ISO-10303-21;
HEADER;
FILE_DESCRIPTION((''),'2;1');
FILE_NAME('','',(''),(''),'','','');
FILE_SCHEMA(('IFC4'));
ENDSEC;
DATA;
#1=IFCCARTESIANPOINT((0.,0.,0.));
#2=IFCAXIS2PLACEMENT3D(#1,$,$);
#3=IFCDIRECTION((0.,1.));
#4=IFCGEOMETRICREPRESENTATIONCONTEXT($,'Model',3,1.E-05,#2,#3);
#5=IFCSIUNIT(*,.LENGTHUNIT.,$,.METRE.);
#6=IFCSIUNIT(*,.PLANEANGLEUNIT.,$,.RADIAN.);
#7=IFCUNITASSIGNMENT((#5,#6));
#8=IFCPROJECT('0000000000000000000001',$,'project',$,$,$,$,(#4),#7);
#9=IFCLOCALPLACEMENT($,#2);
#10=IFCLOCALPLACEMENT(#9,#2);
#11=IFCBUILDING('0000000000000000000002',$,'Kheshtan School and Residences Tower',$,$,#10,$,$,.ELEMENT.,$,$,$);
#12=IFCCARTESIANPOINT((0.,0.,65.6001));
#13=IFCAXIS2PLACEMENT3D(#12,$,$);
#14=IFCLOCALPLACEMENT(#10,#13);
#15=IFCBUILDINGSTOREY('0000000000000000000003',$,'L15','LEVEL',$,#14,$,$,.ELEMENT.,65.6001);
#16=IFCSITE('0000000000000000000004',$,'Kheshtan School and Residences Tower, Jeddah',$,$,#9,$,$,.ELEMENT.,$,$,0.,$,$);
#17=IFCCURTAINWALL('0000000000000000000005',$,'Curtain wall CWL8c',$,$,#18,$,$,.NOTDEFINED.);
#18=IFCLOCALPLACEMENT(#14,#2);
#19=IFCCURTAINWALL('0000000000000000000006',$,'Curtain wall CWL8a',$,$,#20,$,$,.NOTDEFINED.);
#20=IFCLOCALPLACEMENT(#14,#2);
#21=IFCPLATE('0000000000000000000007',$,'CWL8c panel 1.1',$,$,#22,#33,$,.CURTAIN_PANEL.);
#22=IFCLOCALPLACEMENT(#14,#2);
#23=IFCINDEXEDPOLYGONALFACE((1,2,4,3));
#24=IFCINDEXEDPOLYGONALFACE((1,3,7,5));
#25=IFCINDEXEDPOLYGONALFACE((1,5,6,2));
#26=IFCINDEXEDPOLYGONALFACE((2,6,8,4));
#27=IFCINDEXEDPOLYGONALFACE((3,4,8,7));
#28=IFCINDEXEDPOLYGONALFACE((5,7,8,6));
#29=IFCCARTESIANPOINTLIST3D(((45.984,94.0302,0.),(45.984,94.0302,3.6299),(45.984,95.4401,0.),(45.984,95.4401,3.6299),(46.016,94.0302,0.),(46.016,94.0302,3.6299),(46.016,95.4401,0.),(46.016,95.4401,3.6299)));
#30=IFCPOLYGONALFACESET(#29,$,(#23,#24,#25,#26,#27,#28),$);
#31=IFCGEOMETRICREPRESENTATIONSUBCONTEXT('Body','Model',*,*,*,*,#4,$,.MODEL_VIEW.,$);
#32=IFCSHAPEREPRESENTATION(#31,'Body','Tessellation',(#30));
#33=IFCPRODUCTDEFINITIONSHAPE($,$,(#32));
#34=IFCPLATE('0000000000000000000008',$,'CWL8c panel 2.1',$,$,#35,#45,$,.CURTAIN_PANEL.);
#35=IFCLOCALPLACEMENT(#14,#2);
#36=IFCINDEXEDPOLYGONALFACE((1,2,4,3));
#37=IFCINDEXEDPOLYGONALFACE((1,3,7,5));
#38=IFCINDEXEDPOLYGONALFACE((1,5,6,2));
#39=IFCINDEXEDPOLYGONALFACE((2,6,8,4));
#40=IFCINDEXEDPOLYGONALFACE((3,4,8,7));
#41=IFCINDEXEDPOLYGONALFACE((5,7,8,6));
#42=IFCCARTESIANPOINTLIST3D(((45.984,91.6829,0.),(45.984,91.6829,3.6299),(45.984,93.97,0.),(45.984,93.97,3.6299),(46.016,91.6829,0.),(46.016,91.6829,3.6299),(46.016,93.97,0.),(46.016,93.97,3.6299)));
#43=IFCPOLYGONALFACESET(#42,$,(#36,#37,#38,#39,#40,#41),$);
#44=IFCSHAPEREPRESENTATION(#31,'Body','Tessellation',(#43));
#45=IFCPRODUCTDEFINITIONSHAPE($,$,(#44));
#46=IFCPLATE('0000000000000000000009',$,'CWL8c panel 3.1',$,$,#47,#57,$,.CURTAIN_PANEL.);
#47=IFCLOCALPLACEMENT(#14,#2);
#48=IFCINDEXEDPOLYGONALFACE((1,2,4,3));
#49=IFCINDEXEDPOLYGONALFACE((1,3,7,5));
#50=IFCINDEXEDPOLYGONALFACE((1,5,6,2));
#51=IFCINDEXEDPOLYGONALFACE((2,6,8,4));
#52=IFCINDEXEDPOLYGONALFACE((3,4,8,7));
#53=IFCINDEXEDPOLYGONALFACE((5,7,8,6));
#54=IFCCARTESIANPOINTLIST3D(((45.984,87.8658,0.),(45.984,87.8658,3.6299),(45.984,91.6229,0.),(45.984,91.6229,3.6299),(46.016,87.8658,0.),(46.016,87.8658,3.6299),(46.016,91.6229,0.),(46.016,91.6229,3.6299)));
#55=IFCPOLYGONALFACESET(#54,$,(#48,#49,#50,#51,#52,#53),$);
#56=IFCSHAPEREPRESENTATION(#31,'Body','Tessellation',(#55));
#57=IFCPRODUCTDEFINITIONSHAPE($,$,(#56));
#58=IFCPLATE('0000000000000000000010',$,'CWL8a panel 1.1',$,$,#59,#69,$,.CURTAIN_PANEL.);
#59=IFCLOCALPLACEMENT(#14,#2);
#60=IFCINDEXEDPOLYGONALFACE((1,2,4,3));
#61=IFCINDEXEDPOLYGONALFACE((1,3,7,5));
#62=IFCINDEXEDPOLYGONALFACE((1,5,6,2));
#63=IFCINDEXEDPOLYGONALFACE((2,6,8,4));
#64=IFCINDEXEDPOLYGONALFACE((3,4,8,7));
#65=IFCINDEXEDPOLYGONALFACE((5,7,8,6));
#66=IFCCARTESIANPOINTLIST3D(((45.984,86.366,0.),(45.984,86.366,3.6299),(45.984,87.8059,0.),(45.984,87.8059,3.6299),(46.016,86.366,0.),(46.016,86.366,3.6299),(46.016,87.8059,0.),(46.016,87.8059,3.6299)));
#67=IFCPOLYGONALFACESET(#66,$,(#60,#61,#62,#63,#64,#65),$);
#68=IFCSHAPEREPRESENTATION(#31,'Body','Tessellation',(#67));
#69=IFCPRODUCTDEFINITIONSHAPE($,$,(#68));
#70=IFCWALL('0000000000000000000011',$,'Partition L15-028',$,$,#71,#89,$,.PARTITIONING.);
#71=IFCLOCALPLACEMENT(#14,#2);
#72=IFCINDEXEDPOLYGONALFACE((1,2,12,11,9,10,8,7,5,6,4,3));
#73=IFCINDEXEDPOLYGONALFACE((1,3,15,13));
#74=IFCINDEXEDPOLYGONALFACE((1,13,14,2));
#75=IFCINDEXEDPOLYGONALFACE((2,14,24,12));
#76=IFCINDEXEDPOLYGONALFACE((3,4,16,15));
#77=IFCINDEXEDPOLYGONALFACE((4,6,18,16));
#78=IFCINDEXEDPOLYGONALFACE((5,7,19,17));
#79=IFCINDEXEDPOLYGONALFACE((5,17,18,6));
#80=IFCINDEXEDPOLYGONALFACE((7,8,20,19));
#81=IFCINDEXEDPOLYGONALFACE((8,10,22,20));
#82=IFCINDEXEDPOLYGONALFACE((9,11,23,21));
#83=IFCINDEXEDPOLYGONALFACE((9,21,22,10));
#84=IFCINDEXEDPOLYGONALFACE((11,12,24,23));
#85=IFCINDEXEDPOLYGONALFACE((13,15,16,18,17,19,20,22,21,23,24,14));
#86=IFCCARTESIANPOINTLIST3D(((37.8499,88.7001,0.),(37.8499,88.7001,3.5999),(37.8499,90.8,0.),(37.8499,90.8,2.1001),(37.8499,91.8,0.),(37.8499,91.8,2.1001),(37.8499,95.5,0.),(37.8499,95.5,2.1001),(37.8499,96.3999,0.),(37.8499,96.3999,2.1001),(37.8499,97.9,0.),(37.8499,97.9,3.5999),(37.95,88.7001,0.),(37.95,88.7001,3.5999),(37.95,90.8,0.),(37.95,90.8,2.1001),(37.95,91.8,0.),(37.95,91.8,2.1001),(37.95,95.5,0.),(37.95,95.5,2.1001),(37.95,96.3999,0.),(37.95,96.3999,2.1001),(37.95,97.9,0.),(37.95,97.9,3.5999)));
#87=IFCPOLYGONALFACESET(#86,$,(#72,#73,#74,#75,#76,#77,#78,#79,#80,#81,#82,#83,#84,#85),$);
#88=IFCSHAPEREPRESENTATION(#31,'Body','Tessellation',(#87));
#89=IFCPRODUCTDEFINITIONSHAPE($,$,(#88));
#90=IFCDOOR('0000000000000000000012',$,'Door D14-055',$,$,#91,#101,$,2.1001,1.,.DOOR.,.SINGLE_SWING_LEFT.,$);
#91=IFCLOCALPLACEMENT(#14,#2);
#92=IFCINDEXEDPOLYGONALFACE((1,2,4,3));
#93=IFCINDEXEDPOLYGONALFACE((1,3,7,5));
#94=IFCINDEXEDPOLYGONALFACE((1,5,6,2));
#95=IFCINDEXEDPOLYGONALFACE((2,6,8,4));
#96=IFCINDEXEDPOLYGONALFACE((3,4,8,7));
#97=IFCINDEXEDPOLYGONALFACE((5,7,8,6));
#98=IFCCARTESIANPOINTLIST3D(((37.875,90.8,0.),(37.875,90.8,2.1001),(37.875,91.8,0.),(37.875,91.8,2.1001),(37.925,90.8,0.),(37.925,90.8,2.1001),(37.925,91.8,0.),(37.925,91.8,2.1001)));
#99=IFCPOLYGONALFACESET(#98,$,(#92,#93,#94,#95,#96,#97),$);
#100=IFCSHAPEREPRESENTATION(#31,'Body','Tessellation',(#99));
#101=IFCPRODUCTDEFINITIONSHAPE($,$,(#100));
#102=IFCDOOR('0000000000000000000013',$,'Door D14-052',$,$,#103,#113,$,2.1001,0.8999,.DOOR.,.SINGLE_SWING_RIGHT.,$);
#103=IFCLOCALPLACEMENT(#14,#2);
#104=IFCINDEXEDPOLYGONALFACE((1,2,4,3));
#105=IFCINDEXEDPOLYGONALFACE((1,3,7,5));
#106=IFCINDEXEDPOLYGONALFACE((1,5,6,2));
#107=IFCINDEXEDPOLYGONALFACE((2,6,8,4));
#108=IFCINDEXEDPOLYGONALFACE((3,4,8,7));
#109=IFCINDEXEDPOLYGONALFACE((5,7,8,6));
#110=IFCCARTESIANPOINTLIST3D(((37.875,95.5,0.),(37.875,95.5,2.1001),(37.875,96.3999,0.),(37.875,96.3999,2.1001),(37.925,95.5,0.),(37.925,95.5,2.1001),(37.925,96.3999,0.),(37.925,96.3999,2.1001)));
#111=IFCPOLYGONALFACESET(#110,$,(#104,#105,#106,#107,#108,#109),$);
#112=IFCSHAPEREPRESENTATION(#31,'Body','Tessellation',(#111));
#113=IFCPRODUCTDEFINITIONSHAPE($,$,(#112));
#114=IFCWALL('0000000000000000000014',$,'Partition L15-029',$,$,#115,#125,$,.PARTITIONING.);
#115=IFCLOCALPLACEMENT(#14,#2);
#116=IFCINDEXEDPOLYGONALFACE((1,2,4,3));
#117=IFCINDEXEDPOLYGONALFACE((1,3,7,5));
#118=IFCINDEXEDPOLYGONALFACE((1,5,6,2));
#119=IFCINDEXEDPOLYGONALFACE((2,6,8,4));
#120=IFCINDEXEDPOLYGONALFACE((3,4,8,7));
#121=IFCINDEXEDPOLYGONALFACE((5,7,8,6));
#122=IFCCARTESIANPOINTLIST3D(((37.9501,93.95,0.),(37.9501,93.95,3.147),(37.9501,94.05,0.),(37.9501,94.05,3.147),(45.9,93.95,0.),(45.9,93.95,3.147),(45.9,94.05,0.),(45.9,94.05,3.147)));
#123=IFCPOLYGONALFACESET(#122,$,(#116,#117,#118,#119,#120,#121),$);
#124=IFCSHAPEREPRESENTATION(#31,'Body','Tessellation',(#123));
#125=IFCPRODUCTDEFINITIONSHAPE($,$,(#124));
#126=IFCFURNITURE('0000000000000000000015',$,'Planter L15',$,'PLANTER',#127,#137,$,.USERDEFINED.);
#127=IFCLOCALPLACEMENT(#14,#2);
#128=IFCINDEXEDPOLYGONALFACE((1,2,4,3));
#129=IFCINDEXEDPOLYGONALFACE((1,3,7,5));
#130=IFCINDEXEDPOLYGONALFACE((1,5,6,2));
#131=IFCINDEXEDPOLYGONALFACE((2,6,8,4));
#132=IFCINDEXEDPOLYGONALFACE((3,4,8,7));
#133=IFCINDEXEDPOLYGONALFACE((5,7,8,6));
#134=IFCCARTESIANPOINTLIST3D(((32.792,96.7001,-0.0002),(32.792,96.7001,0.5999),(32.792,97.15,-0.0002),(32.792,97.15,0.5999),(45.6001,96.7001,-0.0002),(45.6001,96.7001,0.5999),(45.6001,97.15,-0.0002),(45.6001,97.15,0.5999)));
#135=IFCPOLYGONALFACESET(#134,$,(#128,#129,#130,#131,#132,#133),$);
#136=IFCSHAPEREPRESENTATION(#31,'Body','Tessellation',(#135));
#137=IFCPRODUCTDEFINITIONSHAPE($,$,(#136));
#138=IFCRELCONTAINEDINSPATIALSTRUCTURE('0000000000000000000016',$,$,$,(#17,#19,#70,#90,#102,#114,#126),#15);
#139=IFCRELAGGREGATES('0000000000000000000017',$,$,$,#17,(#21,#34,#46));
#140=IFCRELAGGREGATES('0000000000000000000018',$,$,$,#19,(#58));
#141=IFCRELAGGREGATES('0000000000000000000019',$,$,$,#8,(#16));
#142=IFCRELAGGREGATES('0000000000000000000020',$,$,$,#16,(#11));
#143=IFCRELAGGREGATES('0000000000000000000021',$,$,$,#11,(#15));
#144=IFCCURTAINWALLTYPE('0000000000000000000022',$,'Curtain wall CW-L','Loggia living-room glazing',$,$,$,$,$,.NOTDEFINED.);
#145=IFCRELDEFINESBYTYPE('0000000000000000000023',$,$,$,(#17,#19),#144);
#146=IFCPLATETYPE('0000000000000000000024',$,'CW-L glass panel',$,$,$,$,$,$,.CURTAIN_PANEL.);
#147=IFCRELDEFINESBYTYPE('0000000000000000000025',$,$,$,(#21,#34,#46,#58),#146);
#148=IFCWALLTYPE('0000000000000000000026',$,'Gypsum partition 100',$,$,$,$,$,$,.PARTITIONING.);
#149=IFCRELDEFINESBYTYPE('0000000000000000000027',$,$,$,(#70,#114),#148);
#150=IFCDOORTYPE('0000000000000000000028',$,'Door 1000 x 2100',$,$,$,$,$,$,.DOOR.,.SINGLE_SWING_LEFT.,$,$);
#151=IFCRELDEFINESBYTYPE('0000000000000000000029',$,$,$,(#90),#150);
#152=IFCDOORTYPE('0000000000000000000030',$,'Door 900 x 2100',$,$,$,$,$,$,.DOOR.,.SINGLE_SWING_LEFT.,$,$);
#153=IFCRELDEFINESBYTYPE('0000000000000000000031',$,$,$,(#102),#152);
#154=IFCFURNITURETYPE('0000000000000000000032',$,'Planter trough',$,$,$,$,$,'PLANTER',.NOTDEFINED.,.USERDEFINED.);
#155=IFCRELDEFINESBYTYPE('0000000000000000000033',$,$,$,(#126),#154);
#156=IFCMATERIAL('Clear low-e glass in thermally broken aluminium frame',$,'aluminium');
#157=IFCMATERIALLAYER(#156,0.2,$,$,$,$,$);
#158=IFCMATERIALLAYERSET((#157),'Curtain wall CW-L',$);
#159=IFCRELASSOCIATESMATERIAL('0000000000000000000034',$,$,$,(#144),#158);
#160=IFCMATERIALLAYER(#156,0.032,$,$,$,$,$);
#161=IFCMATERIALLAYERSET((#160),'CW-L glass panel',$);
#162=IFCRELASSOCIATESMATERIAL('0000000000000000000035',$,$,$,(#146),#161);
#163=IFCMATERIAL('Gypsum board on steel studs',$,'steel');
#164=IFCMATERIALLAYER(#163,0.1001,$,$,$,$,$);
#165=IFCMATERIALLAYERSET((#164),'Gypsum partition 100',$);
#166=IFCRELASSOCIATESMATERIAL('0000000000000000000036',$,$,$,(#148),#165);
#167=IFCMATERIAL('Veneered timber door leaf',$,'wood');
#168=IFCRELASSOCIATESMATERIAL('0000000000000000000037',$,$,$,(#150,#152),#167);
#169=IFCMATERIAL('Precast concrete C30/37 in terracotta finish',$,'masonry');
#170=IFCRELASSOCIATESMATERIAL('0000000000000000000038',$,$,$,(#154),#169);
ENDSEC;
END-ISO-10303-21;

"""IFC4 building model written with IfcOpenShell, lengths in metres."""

from ifc_helpers import new_model, si_unit, direction, frame, frame_2d, origin, origin_2d, place, context, subcontext, project, spatial, rectangle, extrude, source, transform, mapped, material, layer, layer_set, type_object, element, fill, aggregate, save


model = new_model("IFC4")

# Units and contexts
model_context = context("Model", 3, precision=1e-05, world=origin(), true_north=direction((0.0, 1.0)))
body_context = subcontext(model_context, "Body", "Model", "MODEL_VIEW")
ifc_project = project(units=[si_unit("LENGTHUNIT", "METRE"), si_unit("PLANEANGLEUNIT", "RADIAN")], contexts=[model_context])

# Site, building, storey
site_placement = place(None, origin())
site = spatial("IfcSite", under=ifc_project, at=site_placement, Name="Kheshtan School and Residences Tower, Jeddah", CompositionType="ELEMENT", RefElevation=0.0)
building_placement = place(site_placement, origin())
building = spatial("IfcBuilding", under=site, at=building_placement, Name="Kheshtan School and Residences Tower", CompositionType="ELEMENT")
storey_placement = place(building_placement, frame((0.0, 0.0, 65.6001)))
storey = spatial("IfcBuildingStorey", under=building, at=storey_placement, Name="L15", Description="LEVEL", CompositionType="ELEMENT", Elevation=65.6001)

# Curtain wall
ifc_material_1 = material(Name="Clear low-e glass in thermally broken aluminium frame", Category="aluminium")
ifc_layer_1 = layer(ifc_material_1, 0.2)
ifc_layer_set_1 = layer_set([ifc_layer_1], Name="Curtain wall CW-L")
curtain_wall_type = type_object("IfcCurtainWallType", Name="Curtain wall CW-L", Description="Loggia living-room glazing", PredefinedType="NOTDEFINED", material=ifc_layer_set_1)
curtain_wall_1_placement = place(storey_placement, origin())
curtain_wall_1 = element("IfcCurtainWall", 1, at=curtain_wall_1_placement, inside=storey, type_object=curtain_wall_type, Name="Curtain wall CWL8c", PredefinedType="NOTDEFINED")

# Curtain wall
curtain_wall_2_placement = place(storey_placement, origin())
curtain_wall_2 = element("IfcCurtainWall", 2, at=curtain_wall_2_placement, inside=storey, type_object=curtain_wall_type, Name="Curtain wall CWL8a", PredefinedType="NOTDEFINED")

# Plates
ifc_layer_2 = layer(ifc_material_1, 0.032)
ifc_layer_set_2 = layer_set([ifc_layer_2], Name="CW-L glass panel")
plate_type = type_object("IfcPlateType", Name="CW-L glass panel", PredefinedType="CURTAIN_PANEL", material=ifc_layer_set_2)
plate_1_placement = place(storey_placement, frame((46.0, 94.7351, 0.0), z_axis=(0.0, 0.0, 1.0), x_axis=(0.0, -1.0, 0.0)))
plate_1 = element("IfcPlate", 3, at=plate_1_placement, type_object=plate_type, Name="CWL8c panel 1.1", PredefinedType="CURTAIN_PANEL", context=body_context, shape_type="SweptSolid", body=[
    extrude(rectangle(XDim=1.4099, YDim=0.032, at=origin_2d()), origin(), (0.0, 0.0, 1.0), 3.6299),
])
plate_2_placement = place(storey_placement, frame((46.0, 92.8264, 0.0), z_axis=(0.0, 0.0, 1.0), x_axis=(0.0, -1.0, 0.0)))
plate_2 = element("IfcPlate", 4, at=plate_2_placement, type_object=plate_type, Name="CWL8c panel 2.1", PredefinedType="CURTAIN_PANEL", context=body_context, shape_type="SweptSolid", body=[
    extrude(rectangle(XDim=2.2871, YDim=0.032, at=origin_2d()), origin(), (0.0, 0.0, 1.0), 3.6299),
])
plate_3_placement = place(storey_placement, frame((46.0, 89.7444, 0.0), z_axis=(0.0, 0.0, 1.0), x_axis=(0.0, -1.0, 0.0)))
plate_3 = element("IfcPlate", 5, at=plate_3_placement, type_object=plate_type, Name="CWL8c panel 3.1", PredefinedType="CURTAIN_PANEL", context=body_context, shape_type="SweptSolid", body=[
    extrude(rectangle(XDim=3.7571, YDim=0.032, at=origin_2d()), origin(), (0.0, 0.0, 1.0), 3.6299),
])
aggregate(curtain_wall_1, [plate_1, plate_2, plate_3])
plate_4_placement = place(storey_placement, frame((46.0, 87.0859, 0.0), z_axis=(0.0, 0.0, 1.0), x_axis=(0.0, -1.0, 0.0)))
plate_4 = element("IfcPlate", 6, at=plate_4_placement, type_object=plate_type, Name="CWL8a panel 1.1", PredefinedType="CURTAIN_PANEL", context=body_context, shape_type="SweptSolid", body=[
    extrude(rectangle(XDim=1.4399, YDim=0.032, at=origin_2d()), origin(), (0.0, 0.0, 1.0), 3.6299),
])
aggregate(curtain_wall_2, [plate_4])

# Wall, openings, doors
ifc_material_2 = material(Name="Gypsum board on steel studs", Category="steel")
ifc_layer_3 = layer(ifc_material_2, 0.1001)
ifc_layer_set_3 = layer_set([ifc_layer_3], Name="Gypsum partition 100")
wall_type_1 = type_object("IfcWallType", Name="Gypsum partition 100", PredefinedType="PARTITIONING", material=ifc_layer_set_3)
wall_1_placement = place(storey_placement, frame((37.8999, 88.7, 0.0), z_axis=(0.0, 0.0, 1.0), x_axis=(0.0, 1.0, 0.0)))
wall_1 = element("IfcWall", 7, at=wall_1_placement, inside=storey, type_object=wall_type_1, Name="Partition L15-028", PredefinedType="PARTITIONING", context=body_context, shape_type="SweptSolid", body=[
    extrude(rectangle(XDim=9.2, YDim=0.1001, at=frame_2d((4.6001, 0.0))), origin(), (0.0, 0.0, 1.0), 3.5999),
])
opening_1_placement = place(wall_1_placement, frame((6.8, 0.0, 0.0)))
opening_1 = element("IfcOpeningElement", 8, at=opening_1_placement, cuts=wall_1, PredefinedType="OPENING", context=body_context, shape_type="SweptSolid", body=[
    extrude(rectangle(XDim=0.8999, YDim=2.1001, at=frame_2d((0.45, 1.05))), frame((0.0, 0.0601, 0.0), z_axis=(0.0, -1.0, 0.0), x_axis=(1.0, 0.0, 0.0)), (0.0, 0.0, 1.0), 0.1201),
])
opening_2_placement = place(wall_1_placement, frame((2.1001, 0.0, 0.0)))
opening_2 = element("IfcOpeningElement", 9, at=opening_2_placement, cuts=wall_1, PredefinedType="OPENING", context=body_context, shape_type="SweptSolid", body=[
    extrude(rectangle(XDim=1.0, YDim=2.1001, at=frame_2d((0.5, 1.05))), frame((0.0, 0.0601, 0.0), z_axis=(0.0, -1.0, 0.0), x_axis=(1.0, 0.0, 0.0)), (0.0, 0.0, 1.0), 0.1201),
])
ifc_material_3 = material(Name="Veneered timber door leaf", Category="wood")
door_type_1 = type_object("IfcDoorType", Name="Door 1000 x 2100", OperationType="SINGLE_SWING_LEFT", PredefinedType="DOOR", material=ifc_material_3)
shared_shape_1 = source(origin(), body_context, "Body", "SweptSolid", [
    extrude(rectangle(XDim=1.0, YDim=2.1001, at=frame_2d((0.5, 1.05))), frame((0.0, 0.0249, 0.0), z_axis=(0.0, -1.0, 0.0), x_axis=(1.0, 0.0, 0.0)), (0.0, 0.0, 1.0), 0.05),
])
door_1_placement = place(opening_2_placement, origin())
door_1 = element("IfcDoor", 10, at=door_1_placement, inside=storey, type_object=door_type_1, Name="Door D14-055", OperationType="SINGLE_SWING_LEFT", OverallHeight=2.1001, OverallWidth=1.0, PredefinedType="DOOR", context=body_context, shape_type="MappedRepresentation", body=[
    mapped(shared_shape_1, transform((0.0, 0.0, 0.0), x_axis=(1.0, 0.0, 0.0), y_axis=(0.0, 1.0, 0.0), z_axis=(0.0, 0.0, 1.0), scale=1.0)),
])
fill(opening_2, door_1)
door_type_2 = type_object("IfcDoorType", Name="Door 900 x 2100", OperationType="SINGLE_SWING_LEFT", PredefinedType="DOOR", material=ifc_material_3)
shared_shape_2 = source(origin(), body_context, "Body", "SweptSolid", [
    extrude(rectangle(XDim=0.8999, YDim=2.1001, at=frame_2d((0.45, 1.05))), frame((0.0, 0.0249, 0.0), z_axis=(0.0, -1.0, 0.0), x_axis=(1.0, 0.0, 0.0)), (0.0, 0.0, 1.0), 0.05),
])
door_2_placement = place(opening_1_placement, origin())
door_2 = element("IfcDoor", 11, at=door_2_placement, inside=storey, type_object=door_type_2, Name="Door D14-052", OperationType="SINGLE_SWING_RIGHT", OverallHeight=2.1001, OverallWidth=0.8999, PredefinedType="DOOR", context=body_context, shape_type="MappedRepresentation", body=[
    mapped(shared_shape_2, transform((0.0, 0.0, 0.0), x_axis=(1.0, 0.0, 0.0), y_axis=(0.0, 1.0, 0.0), z_axis=(0.0, 0.0, 1.0), scale=1.0)),
])
fill(opening_1, door_2)

# Wall
wall_2_placement = place(storey_placement, frame((37.95, 94.0, 0.0), z_axis=(0.0, 0.0, 1.0), x_axis=(1.0, 0.0, 0.0)))
element("IfcWall", 12, at=wall_2_placement, inside=storey, type_object=wall_type_1, Name="Partition L15-029", PredefinedType="PARTITIONING", context=body_context, shape_type="SweptSolid", body=[
    extrude(rectangle(XDim=7.95, YDim=0.1001, at=frame_2d((3.9751, 0.0))), origin(), (0.0, 0.0, 1.0), 3.147),
])

# Furniture
ifc_material_4 = material(Name="Precast concrete C30/37 in terracotta finish", Category="masonry")
furniture_type = type_object("IfcFurnitureType", Name="Planter trough", ElementType="PLANTER", AssemblyPlace="NOTDEFINED", PredefinedType="USERDEFINED", material=ifc_material_4)
furniture_placement = place(storey_placement, frame((39.196, 96.925, -0.0002), z_axis=(0.0, 0.0, 1.0), x_axis=(1.0, 0.0, 0.0)))
element("IfcFurniture", 13, at=furniture_placement, inside=storey, type_object=furniture_type, Name="Planter L15", ObjectType="PLANTER", PredefinedType="USERDEFINED", context=body_context, shape_type="SweptSolid", body=[
    extrude(rectangle(XDim=12.8081, YDim=0.45, at=origin_2d()), origin(), (0.0, 0.0, 1.0), 0.6001),
])

save(model, "model.ifc")
